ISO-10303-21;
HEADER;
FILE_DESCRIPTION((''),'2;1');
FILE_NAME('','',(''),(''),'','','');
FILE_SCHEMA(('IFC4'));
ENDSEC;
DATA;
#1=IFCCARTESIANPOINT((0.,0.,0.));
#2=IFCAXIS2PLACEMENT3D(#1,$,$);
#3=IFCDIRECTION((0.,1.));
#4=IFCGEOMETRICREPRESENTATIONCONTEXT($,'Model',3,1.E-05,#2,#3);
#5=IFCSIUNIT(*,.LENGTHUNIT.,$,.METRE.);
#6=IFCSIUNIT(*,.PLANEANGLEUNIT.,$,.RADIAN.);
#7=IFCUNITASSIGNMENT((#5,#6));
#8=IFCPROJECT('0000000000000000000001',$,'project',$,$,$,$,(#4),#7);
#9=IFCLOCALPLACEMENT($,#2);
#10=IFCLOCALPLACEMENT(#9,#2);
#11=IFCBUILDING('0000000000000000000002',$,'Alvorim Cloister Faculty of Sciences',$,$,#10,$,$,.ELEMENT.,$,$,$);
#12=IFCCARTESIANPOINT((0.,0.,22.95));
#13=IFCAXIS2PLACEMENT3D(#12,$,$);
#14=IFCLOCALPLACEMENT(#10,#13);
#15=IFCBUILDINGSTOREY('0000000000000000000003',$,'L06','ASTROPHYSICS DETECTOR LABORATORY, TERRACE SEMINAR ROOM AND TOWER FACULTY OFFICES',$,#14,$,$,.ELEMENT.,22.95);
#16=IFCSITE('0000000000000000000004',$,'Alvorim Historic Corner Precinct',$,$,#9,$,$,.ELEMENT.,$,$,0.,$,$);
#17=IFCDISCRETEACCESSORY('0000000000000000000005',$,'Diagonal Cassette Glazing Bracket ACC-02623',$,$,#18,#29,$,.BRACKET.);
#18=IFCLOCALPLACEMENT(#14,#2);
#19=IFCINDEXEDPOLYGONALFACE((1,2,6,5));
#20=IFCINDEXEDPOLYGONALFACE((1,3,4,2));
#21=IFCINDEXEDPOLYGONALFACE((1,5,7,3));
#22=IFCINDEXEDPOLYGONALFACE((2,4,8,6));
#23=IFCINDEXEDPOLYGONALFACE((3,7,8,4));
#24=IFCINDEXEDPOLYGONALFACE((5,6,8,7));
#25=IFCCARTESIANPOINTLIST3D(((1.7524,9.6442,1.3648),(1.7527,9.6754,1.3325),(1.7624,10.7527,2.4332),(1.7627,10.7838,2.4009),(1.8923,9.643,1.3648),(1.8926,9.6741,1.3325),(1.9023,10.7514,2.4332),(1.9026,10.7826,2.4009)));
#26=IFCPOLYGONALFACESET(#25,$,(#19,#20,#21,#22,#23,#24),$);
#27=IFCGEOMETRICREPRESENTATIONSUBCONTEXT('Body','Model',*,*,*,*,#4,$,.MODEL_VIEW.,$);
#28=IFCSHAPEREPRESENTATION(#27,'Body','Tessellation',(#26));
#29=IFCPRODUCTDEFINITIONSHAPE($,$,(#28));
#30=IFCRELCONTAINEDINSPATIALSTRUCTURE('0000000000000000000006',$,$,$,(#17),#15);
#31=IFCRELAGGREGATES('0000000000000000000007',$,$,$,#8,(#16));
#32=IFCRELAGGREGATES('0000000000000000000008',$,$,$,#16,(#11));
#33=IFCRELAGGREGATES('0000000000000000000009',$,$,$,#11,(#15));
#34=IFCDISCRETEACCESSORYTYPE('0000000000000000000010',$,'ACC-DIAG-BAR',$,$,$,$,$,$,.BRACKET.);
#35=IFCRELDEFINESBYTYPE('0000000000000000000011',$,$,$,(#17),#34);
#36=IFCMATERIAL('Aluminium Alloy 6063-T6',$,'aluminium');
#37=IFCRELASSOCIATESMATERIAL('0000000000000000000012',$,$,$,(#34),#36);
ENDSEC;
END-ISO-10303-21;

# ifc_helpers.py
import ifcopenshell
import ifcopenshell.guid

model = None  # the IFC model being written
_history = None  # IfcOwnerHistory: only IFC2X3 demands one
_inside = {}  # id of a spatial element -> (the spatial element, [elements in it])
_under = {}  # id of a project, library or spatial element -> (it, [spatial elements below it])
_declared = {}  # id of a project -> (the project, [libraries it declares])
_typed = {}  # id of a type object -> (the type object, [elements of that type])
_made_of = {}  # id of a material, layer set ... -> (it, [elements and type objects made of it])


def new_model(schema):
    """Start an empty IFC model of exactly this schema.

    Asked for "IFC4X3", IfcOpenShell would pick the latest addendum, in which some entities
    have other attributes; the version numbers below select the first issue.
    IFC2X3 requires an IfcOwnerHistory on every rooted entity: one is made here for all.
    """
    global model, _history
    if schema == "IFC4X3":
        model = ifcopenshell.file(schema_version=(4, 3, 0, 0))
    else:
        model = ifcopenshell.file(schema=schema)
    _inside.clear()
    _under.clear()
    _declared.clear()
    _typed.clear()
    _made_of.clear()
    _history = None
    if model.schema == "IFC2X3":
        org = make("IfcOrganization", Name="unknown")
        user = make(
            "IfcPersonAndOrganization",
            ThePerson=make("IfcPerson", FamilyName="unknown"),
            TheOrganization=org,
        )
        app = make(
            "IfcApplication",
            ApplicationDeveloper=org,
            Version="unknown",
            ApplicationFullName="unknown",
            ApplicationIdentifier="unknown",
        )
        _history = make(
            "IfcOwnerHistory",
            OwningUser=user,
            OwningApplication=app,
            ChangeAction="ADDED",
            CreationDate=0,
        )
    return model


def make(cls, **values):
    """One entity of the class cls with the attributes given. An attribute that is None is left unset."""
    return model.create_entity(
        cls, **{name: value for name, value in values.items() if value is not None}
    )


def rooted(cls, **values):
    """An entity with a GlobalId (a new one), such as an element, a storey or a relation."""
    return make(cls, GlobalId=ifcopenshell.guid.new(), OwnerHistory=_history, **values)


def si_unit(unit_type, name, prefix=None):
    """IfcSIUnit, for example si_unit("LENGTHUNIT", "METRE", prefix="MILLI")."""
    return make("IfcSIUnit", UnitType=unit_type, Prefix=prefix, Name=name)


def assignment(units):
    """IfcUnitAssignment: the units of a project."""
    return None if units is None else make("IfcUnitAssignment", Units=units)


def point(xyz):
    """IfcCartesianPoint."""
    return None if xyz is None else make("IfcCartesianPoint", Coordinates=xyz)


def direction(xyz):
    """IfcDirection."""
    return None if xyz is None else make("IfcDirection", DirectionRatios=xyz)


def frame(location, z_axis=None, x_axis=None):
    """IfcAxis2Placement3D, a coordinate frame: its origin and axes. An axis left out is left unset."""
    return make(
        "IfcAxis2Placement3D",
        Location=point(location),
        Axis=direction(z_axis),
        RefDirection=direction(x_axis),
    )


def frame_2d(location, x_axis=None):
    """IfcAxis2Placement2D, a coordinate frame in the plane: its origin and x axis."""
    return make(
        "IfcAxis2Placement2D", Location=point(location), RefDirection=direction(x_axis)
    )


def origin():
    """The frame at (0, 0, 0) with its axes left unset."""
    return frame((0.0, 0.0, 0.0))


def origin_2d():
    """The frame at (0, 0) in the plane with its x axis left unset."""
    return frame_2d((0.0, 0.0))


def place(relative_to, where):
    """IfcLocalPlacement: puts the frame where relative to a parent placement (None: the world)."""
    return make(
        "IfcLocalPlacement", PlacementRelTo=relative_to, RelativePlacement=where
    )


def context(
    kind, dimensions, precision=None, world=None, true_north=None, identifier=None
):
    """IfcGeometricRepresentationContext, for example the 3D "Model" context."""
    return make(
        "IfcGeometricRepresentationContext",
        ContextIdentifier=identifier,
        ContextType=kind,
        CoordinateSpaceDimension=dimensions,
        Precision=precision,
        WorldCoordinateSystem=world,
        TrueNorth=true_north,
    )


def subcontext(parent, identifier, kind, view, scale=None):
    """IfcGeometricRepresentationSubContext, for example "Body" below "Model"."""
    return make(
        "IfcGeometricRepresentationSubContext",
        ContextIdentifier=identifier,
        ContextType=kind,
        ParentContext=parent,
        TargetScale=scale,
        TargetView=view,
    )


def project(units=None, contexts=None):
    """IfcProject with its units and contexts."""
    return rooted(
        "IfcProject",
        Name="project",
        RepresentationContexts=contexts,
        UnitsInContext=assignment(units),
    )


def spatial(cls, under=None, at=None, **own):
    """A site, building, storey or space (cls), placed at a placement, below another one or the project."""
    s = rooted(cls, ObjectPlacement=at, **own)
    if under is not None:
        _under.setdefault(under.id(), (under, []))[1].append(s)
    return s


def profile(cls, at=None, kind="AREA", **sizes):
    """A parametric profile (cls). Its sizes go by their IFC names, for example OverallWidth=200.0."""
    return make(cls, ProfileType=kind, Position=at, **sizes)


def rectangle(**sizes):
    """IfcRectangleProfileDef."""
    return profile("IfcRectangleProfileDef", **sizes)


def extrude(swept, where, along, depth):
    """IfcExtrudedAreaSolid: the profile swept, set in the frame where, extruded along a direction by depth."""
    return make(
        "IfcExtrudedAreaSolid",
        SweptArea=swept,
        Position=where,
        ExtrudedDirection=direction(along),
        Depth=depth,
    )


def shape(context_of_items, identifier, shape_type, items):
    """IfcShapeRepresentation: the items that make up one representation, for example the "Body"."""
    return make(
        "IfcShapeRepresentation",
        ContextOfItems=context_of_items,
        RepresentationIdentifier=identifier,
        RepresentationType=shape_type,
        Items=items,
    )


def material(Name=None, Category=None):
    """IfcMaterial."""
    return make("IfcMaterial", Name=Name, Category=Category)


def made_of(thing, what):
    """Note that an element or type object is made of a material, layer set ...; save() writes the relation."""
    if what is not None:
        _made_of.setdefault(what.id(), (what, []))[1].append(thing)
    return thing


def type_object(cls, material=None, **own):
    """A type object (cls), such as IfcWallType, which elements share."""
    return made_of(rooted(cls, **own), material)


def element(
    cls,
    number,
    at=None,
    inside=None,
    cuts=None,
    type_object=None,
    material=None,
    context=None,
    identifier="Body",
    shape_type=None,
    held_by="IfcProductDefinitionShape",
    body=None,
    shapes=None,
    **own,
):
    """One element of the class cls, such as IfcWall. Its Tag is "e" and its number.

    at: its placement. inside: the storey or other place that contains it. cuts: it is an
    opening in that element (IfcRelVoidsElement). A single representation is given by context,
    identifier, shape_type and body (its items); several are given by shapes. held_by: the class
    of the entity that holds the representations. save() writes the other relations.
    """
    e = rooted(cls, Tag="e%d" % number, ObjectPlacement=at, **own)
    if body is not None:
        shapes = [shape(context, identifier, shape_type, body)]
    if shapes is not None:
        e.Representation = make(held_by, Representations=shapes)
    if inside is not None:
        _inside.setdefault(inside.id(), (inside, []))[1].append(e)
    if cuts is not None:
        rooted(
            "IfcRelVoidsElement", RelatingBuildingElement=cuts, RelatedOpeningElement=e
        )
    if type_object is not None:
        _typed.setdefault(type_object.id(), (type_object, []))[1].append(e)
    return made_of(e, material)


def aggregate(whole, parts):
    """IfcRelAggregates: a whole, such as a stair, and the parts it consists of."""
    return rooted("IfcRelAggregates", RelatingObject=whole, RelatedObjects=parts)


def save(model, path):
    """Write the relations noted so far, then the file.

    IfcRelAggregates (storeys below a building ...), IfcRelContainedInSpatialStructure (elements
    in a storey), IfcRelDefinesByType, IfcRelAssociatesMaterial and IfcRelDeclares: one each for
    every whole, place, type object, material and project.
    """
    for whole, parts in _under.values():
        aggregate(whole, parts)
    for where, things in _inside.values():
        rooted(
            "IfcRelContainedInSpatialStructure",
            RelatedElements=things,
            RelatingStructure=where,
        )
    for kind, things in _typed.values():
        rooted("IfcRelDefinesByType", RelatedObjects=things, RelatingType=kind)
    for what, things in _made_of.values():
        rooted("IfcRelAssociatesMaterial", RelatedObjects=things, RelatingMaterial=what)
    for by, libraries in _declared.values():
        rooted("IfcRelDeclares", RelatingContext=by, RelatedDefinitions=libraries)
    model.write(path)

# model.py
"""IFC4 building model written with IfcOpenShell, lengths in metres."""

from ifc_helpers import new_model, si_unit, direction, frame, origin, origin_2d, place, context, subcontext, project, spatial, rectangle, extrude, material, type_object, element, save


model = new_model("IFC4")

# Units and contexts
model_context = context("Model", 3, precision=1e-05, world=origin(), true_north=direction((0.0, 1.0)))
body_context = subcontext(model_context, "Body", "Model", "MODEL_VIEW")
ifc_project = project(units=[si_unit("LENGTHUNIT", "METRE"), si_unit("PLANEANGLEUNIT", "RADIAN")], contexts=[model_context])

# Site, building, storey
site_placement = place(None, origin())
site = spatial("IfcSite", under=ifc_project, at=site_placement, Name="Alvorim Historic Corner Precinct", CompositionType="ELEMENT", RefElevation=0.0)
building_placement = place(site_placement, origin())
building = spatial("IfcBuilding", under=site, at=building_placement, Name="Alvorim Cloister Faculty of Sciences", CompositionType="ELEMENT")
storey_placement = place(building_placement, frame((0.0, 0.0, 22.95)))
storey = spatial("IfcBuildingStorey", under=building, at=storey_placement, Name="L06", Description="ASTROPHYSICS DETECTOR LABORATORY, TERRACE SEMINAR ROOM AND TOWER FACULTY OFFICES", CompositionType="ELEMENT", Elevation=22.95)

# Shared definitions
ifc_material_1 = material(Name="Aluminium Alloy 6063-T6", Category="aluminium")

# Discrete accessory
discrete_accessory_type = type_object("IfcDiscreteAccessoryType", Name="ACC-DIAG-BAR", PredefinedType="BRACKET", material=ifc_material_1)
for number, where, z_axis, x_axis, name in (
    (1, (1.8225, 9.6592, 1.3486), (0.006502, 0.719976, 0.693968), (-0.999959, 0.00903, 0.0), "Diagonal Cassette Glazing Bracket ACC-02623"),
):
    element("IfcDiscreteAccessory", number, at=place(storey_placement, frame(where, z_axis=z_axis, x_axis=x_axis)), inside=storey, type_object=discrete_accessory_type, Name=name, PredefinedType="BRACKET", context=body_context, shape_type="SweptSolid", body=[
        extrude(rectangle(XDim=0.1399, YDim=0.0449, at=origin_2d()), origin(), (0.0, 0.0, 1.0), 1.5396),
    ])

save(model, "model.ifc")
